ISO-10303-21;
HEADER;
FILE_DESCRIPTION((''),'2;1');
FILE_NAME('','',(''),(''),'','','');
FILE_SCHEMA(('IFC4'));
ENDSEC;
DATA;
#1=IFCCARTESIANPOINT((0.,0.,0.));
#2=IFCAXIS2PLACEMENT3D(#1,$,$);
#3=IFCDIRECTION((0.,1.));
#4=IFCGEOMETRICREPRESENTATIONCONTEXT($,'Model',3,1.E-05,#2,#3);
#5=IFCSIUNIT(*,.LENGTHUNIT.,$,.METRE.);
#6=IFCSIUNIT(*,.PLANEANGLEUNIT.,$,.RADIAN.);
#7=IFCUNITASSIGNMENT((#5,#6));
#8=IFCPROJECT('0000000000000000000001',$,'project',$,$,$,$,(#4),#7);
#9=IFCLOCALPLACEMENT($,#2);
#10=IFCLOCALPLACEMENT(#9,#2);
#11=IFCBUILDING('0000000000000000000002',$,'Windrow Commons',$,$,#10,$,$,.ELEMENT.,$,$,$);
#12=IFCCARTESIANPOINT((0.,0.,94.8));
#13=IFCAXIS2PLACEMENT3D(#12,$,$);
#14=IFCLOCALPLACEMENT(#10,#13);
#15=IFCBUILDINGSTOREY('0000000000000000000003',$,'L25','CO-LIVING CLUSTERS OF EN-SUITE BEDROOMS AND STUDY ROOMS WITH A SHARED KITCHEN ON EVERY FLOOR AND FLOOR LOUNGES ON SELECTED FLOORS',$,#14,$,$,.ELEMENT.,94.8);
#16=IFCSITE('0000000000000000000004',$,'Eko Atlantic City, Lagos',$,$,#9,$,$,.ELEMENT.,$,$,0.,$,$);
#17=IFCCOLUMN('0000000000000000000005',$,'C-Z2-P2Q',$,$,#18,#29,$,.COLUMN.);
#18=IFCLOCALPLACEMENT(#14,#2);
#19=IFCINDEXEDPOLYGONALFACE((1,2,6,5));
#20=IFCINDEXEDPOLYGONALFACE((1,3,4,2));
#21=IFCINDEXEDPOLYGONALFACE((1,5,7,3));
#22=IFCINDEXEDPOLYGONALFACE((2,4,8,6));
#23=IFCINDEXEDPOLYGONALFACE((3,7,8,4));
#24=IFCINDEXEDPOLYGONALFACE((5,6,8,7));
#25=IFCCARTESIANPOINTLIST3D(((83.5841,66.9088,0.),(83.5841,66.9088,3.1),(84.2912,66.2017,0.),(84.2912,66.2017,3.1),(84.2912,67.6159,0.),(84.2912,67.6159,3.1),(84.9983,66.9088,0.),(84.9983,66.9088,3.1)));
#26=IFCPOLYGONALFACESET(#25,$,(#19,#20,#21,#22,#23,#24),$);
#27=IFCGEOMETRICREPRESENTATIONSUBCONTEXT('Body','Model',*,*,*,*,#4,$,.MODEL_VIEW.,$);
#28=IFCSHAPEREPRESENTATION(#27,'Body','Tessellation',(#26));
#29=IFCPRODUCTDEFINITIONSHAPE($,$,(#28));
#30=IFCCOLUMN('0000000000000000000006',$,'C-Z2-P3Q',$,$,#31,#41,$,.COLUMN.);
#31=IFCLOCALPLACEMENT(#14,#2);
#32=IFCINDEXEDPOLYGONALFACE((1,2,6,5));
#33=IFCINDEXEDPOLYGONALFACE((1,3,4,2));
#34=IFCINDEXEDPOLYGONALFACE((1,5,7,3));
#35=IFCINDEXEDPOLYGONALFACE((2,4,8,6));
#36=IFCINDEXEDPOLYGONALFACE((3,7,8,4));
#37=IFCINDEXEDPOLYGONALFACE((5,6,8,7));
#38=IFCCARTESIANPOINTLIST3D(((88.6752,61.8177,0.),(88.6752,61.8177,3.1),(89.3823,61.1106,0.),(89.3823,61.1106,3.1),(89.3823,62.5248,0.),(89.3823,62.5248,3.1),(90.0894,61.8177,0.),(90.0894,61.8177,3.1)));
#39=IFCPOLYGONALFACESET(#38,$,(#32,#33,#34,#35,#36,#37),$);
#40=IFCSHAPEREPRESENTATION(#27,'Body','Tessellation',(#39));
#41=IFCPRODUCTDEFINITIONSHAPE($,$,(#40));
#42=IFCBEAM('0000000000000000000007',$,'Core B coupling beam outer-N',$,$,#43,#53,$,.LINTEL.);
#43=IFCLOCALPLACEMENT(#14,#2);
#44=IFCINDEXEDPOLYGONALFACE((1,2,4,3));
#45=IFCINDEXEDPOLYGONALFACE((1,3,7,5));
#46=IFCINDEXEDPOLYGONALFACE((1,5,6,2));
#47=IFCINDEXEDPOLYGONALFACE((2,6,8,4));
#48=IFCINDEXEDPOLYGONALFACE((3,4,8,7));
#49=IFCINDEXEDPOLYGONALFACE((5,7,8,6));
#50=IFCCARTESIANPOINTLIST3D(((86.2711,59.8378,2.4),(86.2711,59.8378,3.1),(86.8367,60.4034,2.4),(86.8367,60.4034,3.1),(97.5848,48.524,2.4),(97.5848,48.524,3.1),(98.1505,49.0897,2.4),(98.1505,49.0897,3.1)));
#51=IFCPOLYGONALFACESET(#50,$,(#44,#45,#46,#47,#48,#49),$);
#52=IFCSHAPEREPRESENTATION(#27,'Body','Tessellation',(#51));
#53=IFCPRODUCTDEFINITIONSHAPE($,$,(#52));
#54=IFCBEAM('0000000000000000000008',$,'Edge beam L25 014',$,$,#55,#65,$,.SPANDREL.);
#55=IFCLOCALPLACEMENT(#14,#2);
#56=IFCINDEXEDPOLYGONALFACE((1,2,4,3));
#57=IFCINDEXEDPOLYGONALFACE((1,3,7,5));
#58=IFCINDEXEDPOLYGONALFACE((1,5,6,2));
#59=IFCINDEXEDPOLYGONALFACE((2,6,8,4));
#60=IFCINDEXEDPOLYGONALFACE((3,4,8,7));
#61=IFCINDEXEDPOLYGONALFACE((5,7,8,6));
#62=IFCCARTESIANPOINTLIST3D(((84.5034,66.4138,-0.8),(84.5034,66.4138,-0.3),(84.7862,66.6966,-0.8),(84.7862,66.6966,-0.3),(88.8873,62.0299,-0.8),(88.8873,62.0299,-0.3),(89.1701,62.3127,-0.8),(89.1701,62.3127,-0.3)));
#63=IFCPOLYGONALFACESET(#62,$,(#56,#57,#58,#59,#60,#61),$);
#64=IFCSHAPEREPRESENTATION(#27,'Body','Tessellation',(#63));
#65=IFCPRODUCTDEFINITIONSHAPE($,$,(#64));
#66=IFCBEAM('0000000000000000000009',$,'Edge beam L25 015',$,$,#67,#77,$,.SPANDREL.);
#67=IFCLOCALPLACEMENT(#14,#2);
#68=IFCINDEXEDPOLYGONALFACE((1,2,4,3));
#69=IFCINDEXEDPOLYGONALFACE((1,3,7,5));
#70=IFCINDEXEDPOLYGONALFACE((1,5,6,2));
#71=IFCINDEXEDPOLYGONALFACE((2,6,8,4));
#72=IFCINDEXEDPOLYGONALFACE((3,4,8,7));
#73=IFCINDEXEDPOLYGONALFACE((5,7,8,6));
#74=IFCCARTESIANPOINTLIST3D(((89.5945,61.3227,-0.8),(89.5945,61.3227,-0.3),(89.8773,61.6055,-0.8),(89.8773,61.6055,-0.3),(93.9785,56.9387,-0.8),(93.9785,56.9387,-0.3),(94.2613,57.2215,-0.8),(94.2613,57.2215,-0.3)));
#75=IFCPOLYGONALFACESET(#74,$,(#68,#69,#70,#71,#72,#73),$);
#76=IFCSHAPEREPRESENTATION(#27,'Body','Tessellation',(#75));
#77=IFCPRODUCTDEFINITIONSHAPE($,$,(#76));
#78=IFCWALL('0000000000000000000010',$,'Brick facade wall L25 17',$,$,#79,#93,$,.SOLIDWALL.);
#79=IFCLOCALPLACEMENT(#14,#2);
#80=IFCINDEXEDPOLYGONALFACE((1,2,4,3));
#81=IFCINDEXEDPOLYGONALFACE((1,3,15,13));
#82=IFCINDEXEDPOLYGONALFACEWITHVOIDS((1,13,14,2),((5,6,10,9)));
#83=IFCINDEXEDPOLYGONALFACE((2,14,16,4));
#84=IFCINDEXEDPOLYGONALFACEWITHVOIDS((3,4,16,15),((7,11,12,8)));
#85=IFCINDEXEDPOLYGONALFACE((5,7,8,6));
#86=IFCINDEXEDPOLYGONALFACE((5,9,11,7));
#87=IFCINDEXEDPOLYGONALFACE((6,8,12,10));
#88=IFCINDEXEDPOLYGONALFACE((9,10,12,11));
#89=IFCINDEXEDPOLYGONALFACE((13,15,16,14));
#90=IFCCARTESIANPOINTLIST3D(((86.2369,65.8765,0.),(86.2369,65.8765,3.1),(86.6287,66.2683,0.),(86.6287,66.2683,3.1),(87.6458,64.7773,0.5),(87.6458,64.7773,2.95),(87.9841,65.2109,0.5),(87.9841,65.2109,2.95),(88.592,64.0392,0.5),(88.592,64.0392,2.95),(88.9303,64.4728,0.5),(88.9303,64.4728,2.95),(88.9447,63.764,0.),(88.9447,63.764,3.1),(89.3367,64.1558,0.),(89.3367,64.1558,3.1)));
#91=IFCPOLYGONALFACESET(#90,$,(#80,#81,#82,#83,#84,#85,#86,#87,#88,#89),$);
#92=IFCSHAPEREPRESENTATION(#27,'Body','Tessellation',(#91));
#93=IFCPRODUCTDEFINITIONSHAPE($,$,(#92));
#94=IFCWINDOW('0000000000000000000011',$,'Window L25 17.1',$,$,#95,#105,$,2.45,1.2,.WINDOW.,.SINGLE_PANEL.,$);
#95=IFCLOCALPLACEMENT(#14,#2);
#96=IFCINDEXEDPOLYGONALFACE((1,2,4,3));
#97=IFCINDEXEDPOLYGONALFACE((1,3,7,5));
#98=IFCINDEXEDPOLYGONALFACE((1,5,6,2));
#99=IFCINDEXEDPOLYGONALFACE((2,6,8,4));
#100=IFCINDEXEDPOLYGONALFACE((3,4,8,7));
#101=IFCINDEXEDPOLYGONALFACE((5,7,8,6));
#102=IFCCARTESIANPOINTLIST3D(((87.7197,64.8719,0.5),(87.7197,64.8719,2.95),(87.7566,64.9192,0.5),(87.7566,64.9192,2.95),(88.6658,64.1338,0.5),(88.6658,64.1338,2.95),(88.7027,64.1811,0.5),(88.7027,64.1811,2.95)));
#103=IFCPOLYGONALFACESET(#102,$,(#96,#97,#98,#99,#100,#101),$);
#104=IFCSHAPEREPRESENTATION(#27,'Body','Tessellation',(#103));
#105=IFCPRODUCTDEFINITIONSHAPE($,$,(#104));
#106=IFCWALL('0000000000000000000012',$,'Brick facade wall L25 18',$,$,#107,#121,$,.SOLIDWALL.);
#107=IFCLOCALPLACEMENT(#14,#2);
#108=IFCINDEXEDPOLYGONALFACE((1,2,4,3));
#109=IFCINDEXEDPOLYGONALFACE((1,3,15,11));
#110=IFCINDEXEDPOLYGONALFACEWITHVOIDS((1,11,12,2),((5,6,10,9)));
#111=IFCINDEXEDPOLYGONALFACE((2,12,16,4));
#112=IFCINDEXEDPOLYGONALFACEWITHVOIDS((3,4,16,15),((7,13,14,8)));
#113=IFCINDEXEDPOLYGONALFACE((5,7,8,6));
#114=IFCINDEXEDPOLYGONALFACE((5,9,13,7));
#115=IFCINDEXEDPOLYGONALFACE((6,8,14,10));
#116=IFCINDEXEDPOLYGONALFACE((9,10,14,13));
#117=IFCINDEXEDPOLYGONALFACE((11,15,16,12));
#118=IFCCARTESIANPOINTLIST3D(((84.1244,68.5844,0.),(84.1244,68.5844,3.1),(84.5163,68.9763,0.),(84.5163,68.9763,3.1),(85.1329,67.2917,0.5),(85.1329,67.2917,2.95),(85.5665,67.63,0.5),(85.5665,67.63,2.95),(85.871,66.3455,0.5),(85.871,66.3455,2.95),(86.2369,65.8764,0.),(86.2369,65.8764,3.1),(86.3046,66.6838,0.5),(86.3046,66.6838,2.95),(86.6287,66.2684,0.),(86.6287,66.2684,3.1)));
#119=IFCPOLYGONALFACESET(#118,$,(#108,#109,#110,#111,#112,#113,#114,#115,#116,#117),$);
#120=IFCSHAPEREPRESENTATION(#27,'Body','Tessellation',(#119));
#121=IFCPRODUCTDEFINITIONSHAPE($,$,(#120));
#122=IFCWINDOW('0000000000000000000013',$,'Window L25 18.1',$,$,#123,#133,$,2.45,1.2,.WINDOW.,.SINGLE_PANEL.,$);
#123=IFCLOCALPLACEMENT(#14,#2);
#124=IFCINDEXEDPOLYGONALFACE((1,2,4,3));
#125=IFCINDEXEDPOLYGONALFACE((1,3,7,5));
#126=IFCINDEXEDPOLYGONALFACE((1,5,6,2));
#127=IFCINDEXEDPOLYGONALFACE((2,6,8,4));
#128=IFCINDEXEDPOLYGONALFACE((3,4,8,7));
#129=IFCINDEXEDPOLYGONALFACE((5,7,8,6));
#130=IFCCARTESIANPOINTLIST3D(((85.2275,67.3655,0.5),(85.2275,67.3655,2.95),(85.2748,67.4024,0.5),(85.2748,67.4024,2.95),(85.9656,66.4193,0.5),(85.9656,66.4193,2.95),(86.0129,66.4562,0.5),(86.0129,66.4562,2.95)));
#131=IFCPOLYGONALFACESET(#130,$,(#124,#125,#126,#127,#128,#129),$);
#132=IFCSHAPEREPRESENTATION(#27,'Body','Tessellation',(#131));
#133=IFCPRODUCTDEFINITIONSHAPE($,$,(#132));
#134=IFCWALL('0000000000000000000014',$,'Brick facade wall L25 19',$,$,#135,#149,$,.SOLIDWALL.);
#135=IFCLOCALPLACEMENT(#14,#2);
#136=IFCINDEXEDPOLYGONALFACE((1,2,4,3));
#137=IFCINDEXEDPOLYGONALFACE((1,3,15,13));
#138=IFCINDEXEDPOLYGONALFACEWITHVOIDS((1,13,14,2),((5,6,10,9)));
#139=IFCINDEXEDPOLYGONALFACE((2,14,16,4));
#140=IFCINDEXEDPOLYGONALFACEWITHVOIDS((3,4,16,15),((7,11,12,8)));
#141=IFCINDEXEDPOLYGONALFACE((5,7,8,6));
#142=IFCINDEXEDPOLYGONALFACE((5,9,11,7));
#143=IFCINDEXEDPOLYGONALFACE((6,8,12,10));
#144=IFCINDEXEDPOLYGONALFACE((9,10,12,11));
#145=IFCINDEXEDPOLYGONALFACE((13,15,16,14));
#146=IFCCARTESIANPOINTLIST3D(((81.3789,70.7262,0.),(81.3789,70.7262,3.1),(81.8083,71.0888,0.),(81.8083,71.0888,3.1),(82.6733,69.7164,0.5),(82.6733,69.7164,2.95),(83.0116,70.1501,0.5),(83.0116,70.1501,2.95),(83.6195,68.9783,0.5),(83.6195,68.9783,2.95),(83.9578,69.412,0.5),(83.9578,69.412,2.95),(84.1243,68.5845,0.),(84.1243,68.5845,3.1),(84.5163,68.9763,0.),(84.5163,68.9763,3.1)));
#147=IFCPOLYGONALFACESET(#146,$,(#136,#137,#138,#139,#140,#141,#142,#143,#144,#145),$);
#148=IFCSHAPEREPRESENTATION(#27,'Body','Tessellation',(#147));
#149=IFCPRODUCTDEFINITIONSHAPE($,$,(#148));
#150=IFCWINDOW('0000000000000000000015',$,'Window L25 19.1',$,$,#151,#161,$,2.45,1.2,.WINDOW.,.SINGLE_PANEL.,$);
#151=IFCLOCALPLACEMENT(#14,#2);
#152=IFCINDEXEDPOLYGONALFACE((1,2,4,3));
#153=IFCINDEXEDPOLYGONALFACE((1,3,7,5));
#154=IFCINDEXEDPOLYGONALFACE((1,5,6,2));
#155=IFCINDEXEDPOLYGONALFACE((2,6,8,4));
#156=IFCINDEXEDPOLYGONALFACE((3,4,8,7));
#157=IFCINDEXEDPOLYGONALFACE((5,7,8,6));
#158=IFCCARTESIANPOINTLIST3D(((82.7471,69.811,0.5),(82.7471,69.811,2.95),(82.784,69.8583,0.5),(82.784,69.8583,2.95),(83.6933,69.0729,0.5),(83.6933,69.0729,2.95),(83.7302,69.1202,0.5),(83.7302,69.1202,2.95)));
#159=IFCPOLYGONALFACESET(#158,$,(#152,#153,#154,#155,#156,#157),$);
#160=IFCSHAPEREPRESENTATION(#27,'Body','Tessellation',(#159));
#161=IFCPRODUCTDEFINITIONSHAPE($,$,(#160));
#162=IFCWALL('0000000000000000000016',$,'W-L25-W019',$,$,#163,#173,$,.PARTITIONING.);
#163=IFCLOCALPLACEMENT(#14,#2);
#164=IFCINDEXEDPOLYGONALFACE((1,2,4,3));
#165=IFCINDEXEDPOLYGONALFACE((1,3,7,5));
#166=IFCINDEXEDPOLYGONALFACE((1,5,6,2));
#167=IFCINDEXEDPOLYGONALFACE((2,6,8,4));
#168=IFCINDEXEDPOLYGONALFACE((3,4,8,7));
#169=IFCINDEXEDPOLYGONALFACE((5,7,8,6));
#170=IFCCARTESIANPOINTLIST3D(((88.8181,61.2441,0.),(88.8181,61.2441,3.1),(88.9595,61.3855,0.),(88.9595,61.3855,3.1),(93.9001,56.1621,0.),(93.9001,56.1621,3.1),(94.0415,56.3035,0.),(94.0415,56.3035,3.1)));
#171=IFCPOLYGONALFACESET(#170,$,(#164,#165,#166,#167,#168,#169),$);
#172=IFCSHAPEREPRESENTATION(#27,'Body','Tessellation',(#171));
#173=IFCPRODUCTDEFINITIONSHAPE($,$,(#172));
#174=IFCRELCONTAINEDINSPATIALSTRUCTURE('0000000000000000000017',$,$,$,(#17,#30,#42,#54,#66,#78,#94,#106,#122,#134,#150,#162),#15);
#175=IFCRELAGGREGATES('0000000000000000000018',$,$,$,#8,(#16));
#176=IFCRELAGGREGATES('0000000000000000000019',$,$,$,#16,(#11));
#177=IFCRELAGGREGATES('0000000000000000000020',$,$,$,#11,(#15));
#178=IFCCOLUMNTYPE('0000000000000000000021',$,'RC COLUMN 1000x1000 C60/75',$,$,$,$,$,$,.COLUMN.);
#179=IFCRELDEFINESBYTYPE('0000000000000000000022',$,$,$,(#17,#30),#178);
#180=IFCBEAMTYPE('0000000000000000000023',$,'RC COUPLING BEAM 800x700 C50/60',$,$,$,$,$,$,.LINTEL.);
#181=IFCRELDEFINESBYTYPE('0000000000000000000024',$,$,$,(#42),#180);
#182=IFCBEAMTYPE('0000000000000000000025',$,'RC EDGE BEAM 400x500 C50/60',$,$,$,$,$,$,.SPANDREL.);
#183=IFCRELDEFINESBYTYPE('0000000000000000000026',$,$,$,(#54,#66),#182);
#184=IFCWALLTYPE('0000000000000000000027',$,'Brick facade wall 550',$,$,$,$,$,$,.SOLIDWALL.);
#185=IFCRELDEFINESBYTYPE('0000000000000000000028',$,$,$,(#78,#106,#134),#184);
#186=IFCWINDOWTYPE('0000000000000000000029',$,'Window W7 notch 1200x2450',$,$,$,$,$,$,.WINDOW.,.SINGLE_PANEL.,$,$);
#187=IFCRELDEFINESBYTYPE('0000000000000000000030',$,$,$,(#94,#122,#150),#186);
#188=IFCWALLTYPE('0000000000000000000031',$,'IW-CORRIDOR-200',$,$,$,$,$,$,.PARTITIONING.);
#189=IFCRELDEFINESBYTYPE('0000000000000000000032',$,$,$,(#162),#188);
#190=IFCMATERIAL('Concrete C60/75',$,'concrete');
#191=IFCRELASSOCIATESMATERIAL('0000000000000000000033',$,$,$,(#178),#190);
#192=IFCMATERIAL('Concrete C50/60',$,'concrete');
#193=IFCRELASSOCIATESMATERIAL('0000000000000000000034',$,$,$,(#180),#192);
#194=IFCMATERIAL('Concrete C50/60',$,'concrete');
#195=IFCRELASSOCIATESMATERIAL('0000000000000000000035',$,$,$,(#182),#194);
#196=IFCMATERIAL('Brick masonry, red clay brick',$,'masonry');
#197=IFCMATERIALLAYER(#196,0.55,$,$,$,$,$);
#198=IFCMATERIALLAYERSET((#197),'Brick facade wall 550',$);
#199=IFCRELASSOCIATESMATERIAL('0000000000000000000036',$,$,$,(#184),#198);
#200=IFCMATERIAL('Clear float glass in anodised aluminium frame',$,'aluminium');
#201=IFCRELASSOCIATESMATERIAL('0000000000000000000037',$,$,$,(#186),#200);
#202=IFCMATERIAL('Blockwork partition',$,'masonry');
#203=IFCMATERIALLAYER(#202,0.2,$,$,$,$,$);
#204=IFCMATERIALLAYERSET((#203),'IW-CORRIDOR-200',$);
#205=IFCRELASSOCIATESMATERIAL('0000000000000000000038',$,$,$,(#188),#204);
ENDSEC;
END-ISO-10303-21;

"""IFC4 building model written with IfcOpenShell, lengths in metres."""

from ifc_helpers import new_model, si_unit, direction, frame, frame_2d, origin, origin_2d, place, context, subcontext, project, spatial, polyline, rectangle, outline, extrude, material, layer, layer_set, material_profile, profile_set, type_object, element, fill, save


model = new_model("IFC4")

# Units and contexts
model_context = context("Model", 3, precision=1e-05, world=origin(), true_north=direction((0.0, 1.0)))
body_context = subcontext(model_context, "Body", "Model", "MODEL_VIEW")
ifc_project = project(units=[si_unit("LENGTHUNIT", "METRE"), si_unit("PLANEANGLEUNIT", "RADIAN")], contexts=[model_context])

# Site, building, storey
site_placement = place(None, origin())
site = spatial("IfcSite", under=ifc_project, at=site_placement, Name="Eko Atlantic City, Lagos", CompositionType="ELEMENT", RefElevation=0.0)
building_placement = place(site_placement, origin())
building = spatial("IfcBuilding", under=site, at=building_placement, Name="Windrow Commons", CompositionType="ELEMENT")
storey_placement = place(building_placement, frame((0.0, 0.0, 94.8)))
storey = spatial("IfcBuildingStorey", under=building, at=storey_placement, Name="L25", Description="CO-LIVING CLUSTERS OF EN-SUITE BEDROOMS AND STUDY ROOMS WITH A SHARED KITCHEN ON EVERY FLOOR AND FLOOR LOUNGES ON SELECTED FLOORS", CompositionType="ELEMENT", Elevation=94.8)

# Columns
ifc_material_1 = material(Name="Concrete C60/75", Category="concrete")
ifc_material_profile_1 = material_profile(ifc_material_1, rectangle(XDim=1.0, YDim=1.0, at=origin_2d()))
ifc_profile_set_1 = profile_set([ifc_material_profile_1], Name="Concrete C60/75")
column_type = type_object("IfcColumnType", Name="RC COLUMN 1000x1000 C60/75", PredefinedType="COLUMN", material=ifc_profile_set_1)
for number, where, z_axis, x_axis, name in (
    (1, (84.2912, 66.9088, 0.0), (0.0, 0.0, 1.0), (0.707107, -0.707107, 0.0), "C-Z2-P2Q"),
    (2, (89.3823, 61.8177, 0.0), (0.0, 0.0, 1.0), (0.707107, -0.707107, 0.0), "C-Z2-P3Q"),
):
    element("IfcColumn", number, at=place(storey_placement, frame(where, z_axis=z_axis, x_axis=x_axis)), inside=storey, type_object=column_type, Name=name, PredefinedType="COLUMN", context=body_context, shape_type="SweptSolid", body=[
        extrude(rectangle(XDim=1.0, YDim=1.0, at=origin_2d()), origin(), (0.0, 0.0, 1.0), 3.1),
    ])

# Beams
ifc_material_2 = material(Name="Concrete C50/60", Category="concrete")
ifc_material_profile_2 = material_profile(ifc_material_2, rectangle(XDim=0.8, YDim=0.7, at=origin_2d()))
ifc_profile_set_2 = profile_set([ifc_material_profile_2], Name="Concrete C50/60")
beam_type_1 = type_object("IfcBeamType", Name="RC COUPLING BEAM 800x700 C50/60", PredefinedType="LINTEL", material=ifc_profile_set_2)
beam_1_placement = place(storey_placement, frame((86.5539, 60.1206, 2.75), z_axis=(0.707107, -0.707107, 0.0), x_axis=(0.707107, 0.707107, 0.0)))
element("IfcBeam", 3, at=beam_1_placement, inside=storey, type_object=beam_type_1, Name="Core B coupling beam outer-N", PredefinedType="LINTEL", context=body_context, shape_type="SweptSolid", body=[
    extrude(rectangle(XDim=0.8, YDim=0.7, at=origin_2d()), origin(), (0.0, 0.0, 1.0), 16.0),
])
ifc_material_3 = material(Name="Concrete C50/60", Category="concrete")
ifc_material_profile_3 = material_profile(ifc_material_3, rectangle(XDim=0.4, YDim=0.5, at=origin_2d()))
ifc_profile_set_3 = profile_set([ifc_material_profile_3], Name="Concrete C50/60")
beam_type_2 = type_object("IfcBeamType", Name="RC EDGE BEAM 400x500 C50/60", PredefinedType="SPANDREL", material=ifc_profile_set_3)
beam_2_placement = place(storey_placement, frame((84.6448, 66.5552, -0.55), z_axis=(0.707107, -0.707107, 0.0), x_axis=(0.707107, 0.707107, 0.0)))
element("IfcBeam", 4, at=beam_2_placement, inside=storey, type_object=beam_type_2, Name="Edge beam L25 014", PredefinedType="SPANDREL", context=body_context, shape_type="SweptSolid", body=[
    extrude(rectangle(XDim=0.4, YDim=0.5, at=origin_2d()), origin(), (0.0, 0.0, 1.0), 6.1998),
])
beam_3_placement = place(storey_placement, frame((89.7359, 61.4641, -0.55), z_axis=(0.707107, -0.707107, 0.0), x_axis=(0.707107, 0.707107, 0.0)))
element("IfcBeam", 5, at=beam_3_placement, inside=storey, type_object=beam_type_2, Name="Edge beam L25 015", PredefinedType="SPANDREL", context=body_context, shape_type="SweptSolid", body=[
    extrude(rectangle(XDim=0.4, YDim=0.5, at=origin_2d()), origin(), (0.0, 0.0, 1.0), 6.1999),
])

# Walls, openings, windows
ifc_material_4 = material(Name="Brick masonry, red clay brick", Category="masonry")
ifc_layer_1 = layer(ifc_material_4, 0.55)
ifc_layer_set_1 = layer_set([ifc_layer_1], Name="Brick facade wall 550")
wall_type_1 = type_object("IfcWallType", Name="Brick facade wall 550", PredefinedType="SOLIDWALL", material=ifc_layer_set_1)
wall_1_placement = place(storey_placement, frame((89.1407, 63.9599, 0.0), z_axis=(0.0, 0.0, 1.0), x_axis=(-0.788455, 0.615093, 0.0)))
wall_1 = element("IfcWall", 6, at=wall_1_placement, inside=storey, type_object=wall_type_1, Name="Brick facade wall L25 17", PredefinedType="SOLIDWALL", context=body_context, shape_type="SweptSolid", body=[
    extrude(outline(polyline([(-0.034, -0.275), (3.4005, -0.275), (3.4684, 0.275), (0.034, 0.275), (-0.034, -0.275)])), origin(), (0.0, 0.0, 1.0), 3.1),
])
opening_1_placement = place(wall_1_placement, frame((0.4814, 0.0, 0.5)))
opening_1 = element("IfcOpeningElement", 7, at=opening_1_placement, cuts=wall_1, PredefinedType="OPENING", context=body_context, shape_type="SweptSolid", body=[
    extrude(rectangle(XDim=1.2, YDim=2.45, at=frame_2d((0.6, 1.225))), frame((0.0, 0.285, 0.0), z_axis=(0.0, -1.0, 0.0), x_axis=(1.0, 0.0, 0.0)), (0.0, 0.0, 1.0), 0.57),
])
ifc_material_5 = material(Name="Clear float glass in anodised aluminium frame", Category="aluminium")
window_type = type_object("IfcWindowType", Name="Window W7 notch 1200x2450", PartitioningType="SINGLE_PANEL", PredefinedType="WINDOW", material=ifc_material_5)
window_1_placement = place(opening_1_placement, origin())
window_1 = element("IfcWindow", 8, at=window_1_placement, inside=storey, type_object=window_type, Name="Window L25 17.1", OverallHeight=2.45, OverallWidth=1.2, PartitioningType="SINGLE_PANEL", PredefinedType="WINDOW", context=body_context, shape_type="SweptSolid", body=[
    extrude(rectangle(XDim=1.2, YDim=2.45, at=frame_2d((0.6, 1.225))), frame((0.0, 0.155, 0.0), z_axis=(0.0, -1.0, 0.0), x_axis=(1.0, 0.0, 0.0)), (0.0, 0.0, 1.0), 0.06),
])
fill(opening_1, window_1)
wall_2_placement = place(storey_placement, frame((86.4328, 66.0724, 0.0), z_axis=(0.0, 0.0, 1.0), x_axis=(-0.615079, 0.788466, 0.0)))
wall_2 = element("IfcWall", 9, at=wall_2_placement, inside=storey, type_object=wall_type_1, Name="Brick facade wall L25 18", PredefinedType="SOLIDWALL", context=body_context, shape_type="SweptSolid", body=[
    extrude(outline(polyline([(0.034, -0.275), (3.4684, -0.275), (3.4005, 0.275), (-0.034, 0.275), (0.034, -0.275)])), origin(), (0.0, 0.0, 1.0), 3.1),
])
opening_2_placement = place(wall_2_placement, frame((0.5609, 0.0, 0.5)))
opening_2 = element("IfcOpeningElement", 10, at=opening_2_placement, cuts=wall_2, PredefinedType="OPENING", context=body_context, shape_type="SweptSolid", body=[
    extrude(rectangle(XDim=1.2, YDim=2.45, at=frame_2d((0.6, 1.225))), frame((0.0, 0.285, 0.0), z_axis=(0.0, -1.0, 0.0), x_axis=(1.0, 0.0, 0.0)), (0.0, 0.0, 1.0), 0.57),
])
window_2_placement = place(opening_2_placement, origin())
window_2 = element("IfcWindow", 11, at=window_2_placement, inside=storey, type_object=window_type, Name="Window L25 18.1", OverallHeight=2.45, OverallWidth=1.2, PartitioningType="SINGLE_PANEL", PredefinedType="WINDOW", context=body_context, shape_type="SweptSolid", body=[
    extrude(rectangle(XDim=1.2, YDim=2.45, at=frame_2d((0.6, 1.225))), frame((0.0, 0.155, 0.0), z_axis=(0.0, -1.0, 0.0), x_axis=(1.0, 0.0, 0.0)), (0.0, 0.0, 1.0), 0.06),
])
fill(opening_2, window_2)
wall_3_placement = place(storey_placement, frame((84.3203, 68.7804, 0.0), z_axis=(0.0, 0.0, 1.0), x_axis=(-0.788464, 0.615081, 0.0)))
wall_3 = element("IfcWall", 12, at=wall_3_placement, inside=storey, type_object=wall_type_1, Name="Brick facade wall L25 19", PredefinedType="SOLIDWALL", context=body_context, shape_type="SweptSolid", body=[
    extrude(outline(polyline([(-0.034, -0.275), (3.4005, -0.275), (3.516, 0.275), (0.034, 0.275), (-0.034, -0.275)])), origin(), (0.0, 0.0, 1.0), 3.1),
])
opening_3_placement = place(wall_3_placement, frame((0.6743, 0.0, 0.5)))
opening_3 = element("IfcOpeningElement", 13, at=opening_3_placement, cuts=wall_3, PredefinedType="OPENING", context=body_context, shape_type="SweptSolid", body=[
    extrude(rectangle(XDim=1.2, YDim=2.45, at=frame_2d((0.6, 1.225))), frame((0.0, 0.285, 0.0), z_axis=(0.0, -1.0, 0.0), x_axis=(1.0, 0.0, 0.0)), (0.0, 0.0, 1.0), 0.57),
])
window_3_placement = place(opening_3_placement, origin())
window_3 = element("IfcWindow", 14, at=window_3_placement, inside=storey, type_object=window_type, Name="Window L25 19.1", OverallHeight=2.45, OverallWidth=1.2, PartitioningType="SINGLE_PANEL", PredefinedType="WINDOW", context=body_context, shape_type="SweptSolid", body=[
    extrude(rectangle(XDim=1.2, YDim=2.45, at=frame_2d((0.6, 1.225))), frame((0.0, 0.155, 0.0), z_axis=(0.0, -1.0, 0.0), x_axis=(1.0, 0.0, 0.0)), (0.0, 0.0, 1.0), 0.06),
])
fill(opening_3, window_3)

# Wall
ifc_material_6 = material(Name="Blockwork partition", Category="masonry")
ifc_layer_2 = layer(ifc_material_6, 0.2)
ifc_layer_set_2 = layer_set([ifc_layer_2], Name="IW-CORRIDOR-200")
wall_type_2 = type_object("IfcWallType", Name="IW-CORRIDOR-200", PredefinedType="PARTITIONING", material=ifc_layer_set_2)
wall_4_placement = place(storey_placement, frame((88.8888, 61.3148, 0.0), z_axis=(0.0, 0.0, 1.0), x_axis=(0.707107, -0.707107, 0.0)))
element("IfcWall", 15, at=wall_4_placement, inside=storey, type_object=wall_type_2, Name="W-L25-W019", PredefinedType="PARTITIONING", context=body_context, shape_type="SweptSolid", body=[
    extrude(rectangle(XDim=7.187, YDim=0.2, at=frame_2d((3.5935, 0.0))), origin(), (0.0, 0.0, 1.0), 3.1),
])

save(model, "model.ifc")
